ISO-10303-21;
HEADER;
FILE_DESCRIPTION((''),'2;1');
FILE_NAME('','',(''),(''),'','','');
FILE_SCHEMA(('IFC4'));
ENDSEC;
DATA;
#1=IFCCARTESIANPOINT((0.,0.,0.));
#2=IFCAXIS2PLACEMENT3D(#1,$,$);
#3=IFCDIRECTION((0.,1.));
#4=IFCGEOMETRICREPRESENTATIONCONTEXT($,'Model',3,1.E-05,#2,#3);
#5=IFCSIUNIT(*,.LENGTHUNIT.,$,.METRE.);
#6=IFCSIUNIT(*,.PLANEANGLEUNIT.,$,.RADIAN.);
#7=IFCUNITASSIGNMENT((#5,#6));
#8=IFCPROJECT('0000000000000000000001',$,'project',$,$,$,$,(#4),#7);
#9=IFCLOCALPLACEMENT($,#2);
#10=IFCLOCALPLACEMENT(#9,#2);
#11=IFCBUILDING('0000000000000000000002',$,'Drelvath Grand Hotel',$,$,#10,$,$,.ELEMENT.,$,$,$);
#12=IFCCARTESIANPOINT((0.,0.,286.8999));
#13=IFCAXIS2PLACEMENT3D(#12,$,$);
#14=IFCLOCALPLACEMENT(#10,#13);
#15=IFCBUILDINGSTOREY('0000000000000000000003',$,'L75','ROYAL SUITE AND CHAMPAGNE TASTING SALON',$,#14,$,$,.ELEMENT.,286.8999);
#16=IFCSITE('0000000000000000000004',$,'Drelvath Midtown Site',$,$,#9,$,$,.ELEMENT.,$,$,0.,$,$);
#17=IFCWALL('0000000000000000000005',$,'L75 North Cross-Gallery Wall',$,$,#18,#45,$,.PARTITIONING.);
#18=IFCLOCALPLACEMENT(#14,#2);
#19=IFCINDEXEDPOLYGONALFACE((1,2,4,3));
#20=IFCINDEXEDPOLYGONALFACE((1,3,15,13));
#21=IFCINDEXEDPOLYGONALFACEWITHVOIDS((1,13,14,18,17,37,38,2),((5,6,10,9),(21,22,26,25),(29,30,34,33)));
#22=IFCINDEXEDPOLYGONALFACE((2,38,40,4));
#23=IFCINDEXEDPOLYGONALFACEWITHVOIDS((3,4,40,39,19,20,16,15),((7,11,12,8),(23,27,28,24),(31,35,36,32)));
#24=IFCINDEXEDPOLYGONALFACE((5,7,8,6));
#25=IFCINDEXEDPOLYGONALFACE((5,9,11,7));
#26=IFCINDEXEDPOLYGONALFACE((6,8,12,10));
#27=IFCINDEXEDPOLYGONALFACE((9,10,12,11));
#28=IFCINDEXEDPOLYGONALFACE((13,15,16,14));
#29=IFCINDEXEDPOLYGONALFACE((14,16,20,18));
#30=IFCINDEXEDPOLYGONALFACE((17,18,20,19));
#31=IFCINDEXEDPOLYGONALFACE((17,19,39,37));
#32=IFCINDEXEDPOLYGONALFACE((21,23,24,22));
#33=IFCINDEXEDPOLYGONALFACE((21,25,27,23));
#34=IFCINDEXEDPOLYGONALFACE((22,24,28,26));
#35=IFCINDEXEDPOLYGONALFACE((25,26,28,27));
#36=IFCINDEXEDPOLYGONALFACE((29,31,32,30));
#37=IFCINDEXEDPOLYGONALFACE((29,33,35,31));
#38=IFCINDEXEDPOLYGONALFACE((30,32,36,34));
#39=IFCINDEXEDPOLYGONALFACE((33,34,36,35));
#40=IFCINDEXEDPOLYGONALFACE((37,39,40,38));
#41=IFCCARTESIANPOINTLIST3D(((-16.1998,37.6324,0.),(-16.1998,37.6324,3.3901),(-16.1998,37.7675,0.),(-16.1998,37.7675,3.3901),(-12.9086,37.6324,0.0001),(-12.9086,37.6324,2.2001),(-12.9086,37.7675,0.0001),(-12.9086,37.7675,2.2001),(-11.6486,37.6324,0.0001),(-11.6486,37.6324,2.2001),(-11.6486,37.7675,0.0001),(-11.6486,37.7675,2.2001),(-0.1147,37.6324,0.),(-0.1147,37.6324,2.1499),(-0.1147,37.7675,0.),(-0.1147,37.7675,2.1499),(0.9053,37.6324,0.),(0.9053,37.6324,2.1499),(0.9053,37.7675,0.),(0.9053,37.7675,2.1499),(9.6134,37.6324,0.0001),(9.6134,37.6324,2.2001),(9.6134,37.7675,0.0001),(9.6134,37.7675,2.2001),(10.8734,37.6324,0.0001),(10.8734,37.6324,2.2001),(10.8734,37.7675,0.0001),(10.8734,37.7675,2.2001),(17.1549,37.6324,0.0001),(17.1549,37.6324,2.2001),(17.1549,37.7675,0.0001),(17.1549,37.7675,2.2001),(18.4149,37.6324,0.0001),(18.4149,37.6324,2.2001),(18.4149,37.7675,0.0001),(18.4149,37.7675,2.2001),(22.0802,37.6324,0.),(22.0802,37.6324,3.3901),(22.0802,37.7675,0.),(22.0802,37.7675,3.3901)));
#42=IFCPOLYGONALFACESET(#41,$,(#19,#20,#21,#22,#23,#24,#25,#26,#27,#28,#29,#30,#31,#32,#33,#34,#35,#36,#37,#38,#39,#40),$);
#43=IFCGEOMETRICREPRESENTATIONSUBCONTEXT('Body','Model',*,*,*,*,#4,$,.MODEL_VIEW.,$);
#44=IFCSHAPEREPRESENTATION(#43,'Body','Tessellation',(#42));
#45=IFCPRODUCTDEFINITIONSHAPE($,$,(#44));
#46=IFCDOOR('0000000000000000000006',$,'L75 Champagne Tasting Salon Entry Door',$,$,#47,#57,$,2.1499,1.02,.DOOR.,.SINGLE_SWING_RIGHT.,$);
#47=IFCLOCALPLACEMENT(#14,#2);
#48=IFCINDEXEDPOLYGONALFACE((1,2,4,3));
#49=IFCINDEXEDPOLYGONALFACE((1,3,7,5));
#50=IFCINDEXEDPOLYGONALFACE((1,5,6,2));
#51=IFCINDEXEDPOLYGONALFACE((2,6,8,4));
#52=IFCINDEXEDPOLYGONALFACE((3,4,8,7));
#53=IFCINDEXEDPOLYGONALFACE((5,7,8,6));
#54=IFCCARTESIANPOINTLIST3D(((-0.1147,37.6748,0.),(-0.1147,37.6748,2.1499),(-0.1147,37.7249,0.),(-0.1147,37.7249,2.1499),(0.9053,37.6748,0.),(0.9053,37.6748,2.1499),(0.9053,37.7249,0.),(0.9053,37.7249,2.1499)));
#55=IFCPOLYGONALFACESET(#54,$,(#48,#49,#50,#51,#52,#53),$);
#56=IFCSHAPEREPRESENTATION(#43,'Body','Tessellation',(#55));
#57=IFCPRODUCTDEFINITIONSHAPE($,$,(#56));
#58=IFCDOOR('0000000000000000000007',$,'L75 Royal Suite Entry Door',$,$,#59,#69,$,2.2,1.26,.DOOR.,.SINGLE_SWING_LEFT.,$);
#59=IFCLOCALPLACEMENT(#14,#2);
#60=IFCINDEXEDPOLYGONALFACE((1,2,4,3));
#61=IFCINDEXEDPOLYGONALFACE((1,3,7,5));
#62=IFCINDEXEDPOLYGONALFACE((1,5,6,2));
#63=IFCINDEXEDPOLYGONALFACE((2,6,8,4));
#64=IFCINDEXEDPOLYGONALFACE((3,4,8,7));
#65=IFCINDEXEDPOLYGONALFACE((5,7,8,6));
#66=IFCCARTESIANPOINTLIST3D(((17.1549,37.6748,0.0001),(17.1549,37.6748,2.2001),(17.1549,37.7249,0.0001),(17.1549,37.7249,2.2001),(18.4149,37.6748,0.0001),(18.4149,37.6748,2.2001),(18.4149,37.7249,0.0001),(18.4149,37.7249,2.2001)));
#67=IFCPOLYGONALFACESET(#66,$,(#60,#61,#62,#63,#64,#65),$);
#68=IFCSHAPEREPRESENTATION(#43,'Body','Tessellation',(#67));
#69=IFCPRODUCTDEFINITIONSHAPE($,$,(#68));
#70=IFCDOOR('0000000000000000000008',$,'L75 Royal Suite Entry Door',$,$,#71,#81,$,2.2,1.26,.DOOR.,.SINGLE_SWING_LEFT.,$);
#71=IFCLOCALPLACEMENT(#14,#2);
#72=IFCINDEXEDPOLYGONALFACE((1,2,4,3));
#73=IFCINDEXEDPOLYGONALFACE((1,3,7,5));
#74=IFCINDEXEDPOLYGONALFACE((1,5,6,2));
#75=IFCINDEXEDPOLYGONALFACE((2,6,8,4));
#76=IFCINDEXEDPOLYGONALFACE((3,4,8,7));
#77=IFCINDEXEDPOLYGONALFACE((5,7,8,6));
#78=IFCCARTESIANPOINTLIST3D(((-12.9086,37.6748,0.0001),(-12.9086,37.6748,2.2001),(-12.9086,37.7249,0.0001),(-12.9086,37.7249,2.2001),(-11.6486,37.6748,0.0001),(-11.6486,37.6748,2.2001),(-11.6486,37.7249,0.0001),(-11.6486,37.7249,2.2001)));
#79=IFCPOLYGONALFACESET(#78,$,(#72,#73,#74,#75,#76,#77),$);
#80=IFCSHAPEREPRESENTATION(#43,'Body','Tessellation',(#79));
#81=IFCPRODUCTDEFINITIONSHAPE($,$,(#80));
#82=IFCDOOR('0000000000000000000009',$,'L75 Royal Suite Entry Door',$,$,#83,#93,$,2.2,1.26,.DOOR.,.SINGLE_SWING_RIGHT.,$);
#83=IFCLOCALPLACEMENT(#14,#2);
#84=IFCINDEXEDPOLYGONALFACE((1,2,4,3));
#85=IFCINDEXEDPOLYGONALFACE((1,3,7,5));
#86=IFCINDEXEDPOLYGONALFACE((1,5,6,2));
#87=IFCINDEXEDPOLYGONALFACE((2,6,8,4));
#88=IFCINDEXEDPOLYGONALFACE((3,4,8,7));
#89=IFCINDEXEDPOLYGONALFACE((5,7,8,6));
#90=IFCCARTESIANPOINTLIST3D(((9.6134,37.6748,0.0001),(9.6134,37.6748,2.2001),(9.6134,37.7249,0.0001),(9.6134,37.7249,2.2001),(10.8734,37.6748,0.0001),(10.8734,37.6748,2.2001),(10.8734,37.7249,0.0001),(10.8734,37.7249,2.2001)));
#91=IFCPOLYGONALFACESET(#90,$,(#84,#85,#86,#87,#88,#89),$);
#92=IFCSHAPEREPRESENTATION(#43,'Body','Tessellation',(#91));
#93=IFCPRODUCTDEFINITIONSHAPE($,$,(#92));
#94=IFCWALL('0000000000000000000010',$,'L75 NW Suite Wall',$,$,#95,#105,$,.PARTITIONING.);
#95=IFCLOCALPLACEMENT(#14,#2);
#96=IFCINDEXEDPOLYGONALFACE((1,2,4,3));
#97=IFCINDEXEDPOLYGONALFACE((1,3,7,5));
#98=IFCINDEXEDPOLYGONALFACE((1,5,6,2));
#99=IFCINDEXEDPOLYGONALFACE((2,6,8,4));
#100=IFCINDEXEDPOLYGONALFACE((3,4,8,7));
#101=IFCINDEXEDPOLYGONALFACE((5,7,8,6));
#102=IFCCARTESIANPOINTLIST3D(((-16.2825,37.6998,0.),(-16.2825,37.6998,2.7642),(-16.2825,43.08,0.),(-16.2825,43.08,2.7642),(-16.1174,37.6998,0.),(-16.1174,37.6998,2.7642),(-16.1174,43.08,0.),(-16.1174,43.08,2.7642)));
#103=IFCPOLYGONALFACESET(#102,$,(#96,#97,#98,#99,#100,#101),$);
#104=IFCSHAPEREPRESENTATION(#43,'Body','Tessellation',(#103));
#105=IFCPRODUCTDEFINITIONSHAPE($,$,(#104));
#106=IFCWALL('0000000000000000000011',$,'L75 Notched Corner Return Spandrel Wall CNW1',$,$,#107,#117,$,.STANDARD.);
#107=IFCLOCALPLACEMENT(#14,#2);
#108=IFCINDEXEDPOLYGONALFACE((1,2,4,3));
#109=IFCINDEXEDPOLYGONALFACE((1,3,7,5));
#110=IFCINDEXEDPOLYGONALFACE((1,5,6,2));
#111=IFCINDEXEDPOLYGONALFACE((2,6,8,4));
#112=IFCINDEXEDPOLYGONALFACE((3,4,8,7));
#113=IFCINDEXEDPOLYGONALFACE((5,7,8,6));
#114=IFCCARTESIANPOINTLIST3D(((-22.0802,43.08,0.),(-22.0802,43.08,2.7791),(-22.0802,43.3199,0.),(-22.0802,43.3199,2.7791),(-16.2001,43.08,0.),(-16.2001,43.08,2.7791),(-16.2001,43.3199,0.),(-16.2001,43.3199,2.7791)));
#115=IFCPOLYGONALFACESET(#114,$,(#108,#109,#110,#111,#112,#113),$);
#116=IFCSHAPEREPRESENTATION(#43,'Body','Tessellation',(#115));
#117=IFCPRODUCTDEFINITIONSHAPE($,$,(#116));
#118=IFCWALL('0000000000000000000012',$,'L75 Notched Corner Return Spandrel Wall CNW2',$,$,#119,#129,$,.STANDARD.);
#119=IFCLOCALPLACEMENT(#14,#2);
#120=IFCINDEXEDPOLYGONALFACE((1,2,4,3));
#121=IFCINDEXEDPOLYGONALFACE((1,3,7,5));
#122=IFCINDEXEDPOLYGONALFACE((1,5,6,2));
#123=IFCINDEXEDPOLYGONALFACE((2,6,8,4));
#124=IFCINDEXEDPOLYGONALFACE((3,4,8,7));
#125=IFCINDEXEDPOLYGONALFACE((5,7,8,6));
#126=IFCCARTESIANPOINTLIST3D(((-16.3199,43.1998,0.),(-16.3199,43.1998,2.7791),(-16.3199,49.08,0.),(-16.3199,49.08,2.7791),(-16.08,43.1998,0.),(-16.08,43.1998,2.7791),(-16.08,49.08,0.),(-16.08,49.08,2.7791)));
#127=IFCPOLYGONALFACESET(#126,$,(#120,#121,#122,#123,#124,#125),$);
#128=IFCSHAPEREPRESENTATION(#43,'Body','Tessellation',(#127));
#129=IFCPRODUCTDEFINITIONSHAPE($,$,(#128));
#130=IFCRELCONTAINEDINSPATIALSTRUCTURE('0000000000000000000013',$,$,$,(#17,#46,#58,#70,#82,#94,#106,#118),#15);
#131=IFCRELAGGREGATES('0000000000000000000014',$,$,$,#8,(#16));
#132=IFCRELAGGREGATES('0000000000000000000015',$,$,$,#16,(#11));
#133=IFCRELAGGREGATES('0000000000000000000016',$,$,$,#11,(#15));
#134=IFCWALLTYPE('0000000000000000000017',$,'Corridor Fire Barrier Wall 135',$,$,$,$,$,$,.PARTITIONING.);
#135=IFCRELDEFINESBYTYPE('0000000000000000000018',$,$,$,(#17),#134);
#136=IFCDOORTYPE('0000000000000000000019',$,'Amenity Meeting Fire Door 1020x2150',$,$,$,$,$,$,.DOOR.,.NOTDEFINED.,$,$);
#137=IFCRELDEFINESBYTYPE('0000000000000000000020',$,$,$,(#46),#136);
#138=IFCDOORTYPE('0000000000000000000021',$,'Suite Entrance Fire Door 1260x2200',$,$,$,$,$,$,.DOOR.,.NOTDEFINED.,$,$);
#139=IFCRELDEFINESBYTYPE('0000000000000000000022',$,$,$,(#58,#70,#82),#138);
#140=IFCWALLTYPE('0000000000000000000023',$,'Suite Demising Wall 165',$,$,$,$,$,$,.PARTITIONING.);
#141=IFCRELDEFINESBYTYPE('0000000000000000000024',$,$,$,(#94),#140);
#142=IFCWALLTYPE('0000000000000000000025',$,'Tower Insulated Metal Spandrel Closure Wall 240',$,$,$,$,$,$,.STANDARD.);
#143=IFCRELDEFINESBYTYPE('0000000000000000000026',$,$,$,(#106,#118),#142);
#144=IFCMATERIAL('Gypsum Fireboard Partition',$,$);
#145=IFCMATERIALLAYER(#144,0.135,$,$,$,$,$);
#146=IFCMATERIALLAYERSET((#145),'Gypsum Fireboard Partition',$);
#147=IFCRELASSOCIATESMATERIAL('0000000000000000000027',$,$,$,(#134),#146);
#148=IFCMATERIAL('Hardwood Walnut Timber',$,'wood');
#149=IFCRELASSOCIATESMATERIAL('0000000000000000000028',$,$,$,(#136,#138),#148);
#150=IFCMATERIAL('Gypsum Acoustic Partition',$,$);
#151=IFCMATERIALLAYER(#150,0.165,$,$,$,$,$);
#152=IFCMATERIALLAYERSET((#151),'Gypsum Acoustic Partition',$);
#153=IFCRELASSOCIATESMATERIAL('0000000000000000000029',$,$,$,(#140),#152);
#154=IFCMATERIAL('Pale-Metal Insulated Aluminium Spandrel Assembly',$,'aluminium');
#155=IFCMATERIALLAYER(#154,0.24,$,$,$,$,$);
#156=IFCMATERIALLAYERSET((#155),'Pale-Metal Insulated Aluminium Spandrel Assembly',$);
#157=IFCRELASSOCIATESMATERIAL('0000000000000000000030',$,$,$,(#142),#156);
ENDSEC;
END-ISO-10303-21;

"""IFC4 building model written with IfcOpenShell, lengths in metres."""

from ifc_helpers import new_model, si_unit, direction, frame, frame_2d, origin, place, context, subcontext, project, spatial, rectangle, extrude, material, layer, layer_set, type_object, element, fill, save


model = new_model("IFC4")

# Units and contexts
model_context = context("Model", 3, precision=1e-05, world=origin(), true_north=direction((0.0, 1.0)))
body_context = subcontext(model_context, "Body", "Model", "MODEL_VIEW")
ifc_project = project(units=[si_unit("LENGTHUNIT", "METRE"), si_unit("PLANEANGLEUNIT", "RADIAN")], contexts=[model_context])

# Site, building, storey
site_placement = place(None, origin())
site = spatial("IfcSite", under=ifc_project, at=site_placement, Name="Drelvath Midtown Site", CompositionType="ELEMENT", RefElevation=0.0)
building_placement = place(site_placement, origin())
building = spatial("IfcBuilding", under=site, at=building_placement, Name="Drelvath Grand Hotel", CompositionType="ELEMENT")
storey_placement = place(building_placement, frame((0.0, 0.0, 286.8999)))
storey = spatial("IfcBuildingStorey", under=building, at=storey_placement, Name="L75", Description="ROYAL SUITE AND CHAMPAGNE TASTING SALON", CompositionType="ELEMENT", Elevation=286.8999)

# Wall, openings, doors
ifc_material_1 = material(Name="Gypsum Fireboard Partition")
ifc_layer_1 = layer(ifc_material_1, 0.135)
ifc_layer_set_1 = layer_set([ifc_layer_1], Name="Gypsum Fireboard Partition")
wall_type_1 = type_object("IfcWallType", Name="Corridor Fire Barrier Wall 135", PredefinedType="PARTITIONING", material=ifc_layer_set_1)
wall_1_placement = place(storey_placement, frame((-16.2, 37.7, 0.0), z_axis=(0.0, 0.0, 1.0), x_axis=(1.0, 0.0, 0.0)))
wall_1 = element("IfcWall", 1, at=wall_1_placement, inside=storey, type_object=wall_type_1, Name="L75 North Cross-Gallery Wall", PredefinedType="PARTITIONING", context=body_context, shape_type="SweptSolid", body=[
    extrude(rectangle(XDim=38.28, YDim=0.135, at=frame_2d((19.1401, 0.0))), origin(), (0.0, 0.0, 1.0), 3.3901),
])
opening_1_placement = place(wall_1_placement, frame((33.355, 0.0, 0.0)))
opening_1 = element("IfcOpeningElement", 2, at=opening_1_placement, cuts=wall_1, PredefinedType="OPENING", context=body_context, shape_type="SweptSolid", body=[
    extrude(rectangle(XDim=1.26, YDim=2.2, at=frame_2d((0.6299, 1.1001))), frame((0.0, 0.0774, 0.0), z_axis=(0.0, -1.0, 0.0), x_axis=(1.0, 0.0, 0.0)), (0.0, 0.0, 1.0), 0.155),
])
opening_2_placement = place(wall_1_placement, frame((3.2915, 0.0, 0.0)))
opening_2 = element("IfcOpeningElement", 3, at=opening_2_placement, cuts=wall_1, PredefinedType="OPENING", context=body_context, shape_type="SweptSolid", body=[
    extrude(rectangle(XDim=1.26, YDim=2.2, at=frame_2d((0.6299, 1.1001))), frame((0.0, 0.0774, 0.0), z_axis=(0.0, -1.0, 0.0), x_axis=(1.0, 0.0, 0.0)), (0.0, 0.0, 1.0), 0.155),
])
opening_3_placement = place(wall_1_placement, frame((16.0852, 0.0, 0.0)))
opening_3 = element("IfcOpeningElement", 4, at=opening_3_placement, cuts=wall_1, PredefinedType="OPENING", context=body_context, shape_type="SweptSolid", body=[
    extrude(rectangle(XDim=1.02, YDim=2.1499, at=frame_2d((0.51, 1.075))), frame((0.0, 0.0774, 0.0), z_axis=(0.0, -1.0, 0.0), x_axis=(1.0, 0.0, 0.0)), (0.0, 0.0, 1.0), 0.155),
])
opening_4_placement = place(wall_1_placement, frame((25.8135, 0.0, 0.0)))
opening_4 = element("IfcOpeningElement", 5, at=opening_4_placement, cuts=wall_1, PredefinedType="OPENING", context=body_context, shape_type="SweptSolid", body=[
    extrude(rectangle(XDim=1.26, YDim=2.2, at=frame_2d((0.6299, 1.1001))), frame((0.0, 0.0774, 0.0), z_axis=(0.0, -1.0, 0.0), x_axis=(1.0, 0.0, 0.0)), (0.0, 0.0, 1.0), 0.155),
])
ifc_material_2 = material(Name="Hardwood Walnut Timber", Category="wood")
door_type_1 = type_object("IfcDoorType", Name="Amenity Meeting Fire Door 1020x2150", OperationType="NOTDEFINED", PredefinedType="DOOR", material=ifc_material_2)
door_1_placement = place(opening_3_placement, origin())
door_1 = element("IfcDoor", 6, at=door_1_placement, inside=storey, type_object=door_type_1, Name="L75 Champagne Tasting Salon Entry Door", OperationType="SINGLE_SWING_RIGHT", OverallHeight=2.1499, OverallWidth=1.02, PredefinedType="DOOR", context=body_context, shape_type="SweptSolid", body=[
    extrude(rectangle(XDim=1.02, YDim=2.1499, at=frame_2d((0.51, 1.075))), frame((0.0, 0.0249, 0.0), z_axis=(0.0, -1.0, 0.0), x_axis=(1.0, 0.0, 0.0)), (0.0, 0.0, 1.0), 0.05),
])
fill(opening_3, door_1)
door_type_2 = type_object("IfcDoorType", Name="Suite Entrance Fire Door 1260x2200", OperationType="NOTDEFINED", PredefinedType="DOOR", material=ifc_material_2)
door_2_placement = place(opening_1_placement, origin())
door_2 = element("IfcDoor", 7, at=door_2_placement, inside=storey, type_object=door_type_2, Name="L75 Royal Suite Entry Door", OperationType="SINGLE_SWING_LEFT", OverallHeight=2.2, OverallWidth=1.26, PredefinedType="DOOR", context=body_context, shape_type="SweptSolid", body=[
    extrude(rectangle(XDim=1.26, YDim=2.2, at=frame_2d((0.6299, 1.1001))), frame((0.0, 0.0249, 0.0), z_axis=(0.0, -1.0, 0.0), x_axis=(1.0, 0.0, 0.0)), (0.0, 0.0, 1.0), 0.05),
])
fill(opening_1, door_2)
door_3_placement = place(opening_2_placement, origin())
door_3 = element("IfcDoor", 8, at=door_3_placement, inside=storey, type_object=door_type_2, Name="L75 Royal Suite Entry Door", OperationType="SINGLE_SWING_LEFT", OverallHeight=2.2, OverallWidth=1.26, PredefinedType="DOOR", context=body_context, shape_type="SweptSolid", body=[
    extrude(rectangle(XDim=1.26, YDim=2.2, at=frame_2d((0.6299, 1.1001))), frame((0.0, 0.0249, 0.0), z_axis=(0.0, -1.0, 0.0), x_axis=(1.0, 0.0, 0.0)), (0.0, 0.0, 1.0), 0.05),
])
fill(opening_2, door_3)
door_4_placement = place(opening_4_placement, origin())
door_4 = element("IfcDoor", 9, at=door_4_placement, inside=storey, type_object=door_type_2, Name="L75 Royal Suite Entry Door", OperationType="SINGLE_SWING_RIGHT", OverallHeight=2.2, OverallWidth=1.26, PredefinedType="DOOR", context=body_context, shape_type="SweptSolid", body=[
    extrude(rectangle(XDim=1.26, YDim=2.2, at=frame_2d((0.6299, 1.1001))), frame((0.0, 0.0249, 0.0), z_axis=(0.0, -1.0, 0.0), x_axis=(1.0, 0.0, 0.0)), (0.0, 0.0, 1.0), 0.05),
])
fill(opening_4, door_4)

# Walls
ifc_material_3 = material(Name="Gypsum Acoustic Partition")
ifc_layer_2 = layer(ifc_material_3, 0.165)
ifc_layer_set_2 = layer_set([ifc_layer_2], Name="Gypsum Acoustic Partition")
wall_type_2 = type_object("IfcWallType", Name="Suite Demising Wall 165", PredefinedType="PARTITIONING", material=ifc_layer_set_2)
wall_2_placement = place(storey_placement, frame((-16.2, 37.7, 0.0), z_axis=(0.0, 0.0, 1.0), x_axis=(0.0, 1.0, 0.0)))
element("IfcWall", 10, at=wall_2_placement, inside=storey, type_object=wall_type_2, Name="L75 NW Suite Wall", PredefinedType="PARTITIONING", context=body_context, shape_type="SweptSolid", body=[
    extrude(rectangle(XDim=5.3801, YDim=0.165, at=frame_2d((2.6899, 0.0))), origin(), (0.0, 0.0, 1.0), 2.7642),
])
ifc_material_4 = material(Name="Pale-Metal Insulated Aluminium Spandrel Assembly", Category="aluminium")
ifc_layer_3 = layer(ifc_material_4, 0.24)
ifc_layer_set_3 = layer_set([ifc_layer_3], Name="Pale-Metal Insulated Aluminium Spandrel Assembly")
wall_type_3 = type_object("IfcWallType", Name="Tower Insulated Metal Spandrel Closure Wall 240", PredefinedType="STANDARD", material=ifc_layer_set_3)
for number, where, z_axis, x_axis, name in (
    (11, (-22.0801, 43.2, 0.0), (0.0, 0.0, 1.0), (1.0, 0.0, 0.0), "L75 Notched Corner Return Spandrel Wall CNW1"),
    (12, (-16.2, 43.2, 0.0), (0.0, 0.0, 1.0), (0.0, 1.0, 0.0), "L75 Notched Corner Return Spandrel Wall CNW2"),
):
    element("IfcWall", number, at=place(storey_placement, frame(where, z_axis=z_axis, x_axis=x_axis)), inside=storey, type_object=wall_type_3, Name=name, PredefinedType="STANDARD", context=body_context, shape_type="SweptSolid", body=[
        extrude(rectangle(XDim=5.8801, YDim=0.24, at=frame_2d((2.9399, 0.0))), origin(), (0.0, 0.0, 1.0), 2.7791),
    ])

save(model, "model.ifc")
